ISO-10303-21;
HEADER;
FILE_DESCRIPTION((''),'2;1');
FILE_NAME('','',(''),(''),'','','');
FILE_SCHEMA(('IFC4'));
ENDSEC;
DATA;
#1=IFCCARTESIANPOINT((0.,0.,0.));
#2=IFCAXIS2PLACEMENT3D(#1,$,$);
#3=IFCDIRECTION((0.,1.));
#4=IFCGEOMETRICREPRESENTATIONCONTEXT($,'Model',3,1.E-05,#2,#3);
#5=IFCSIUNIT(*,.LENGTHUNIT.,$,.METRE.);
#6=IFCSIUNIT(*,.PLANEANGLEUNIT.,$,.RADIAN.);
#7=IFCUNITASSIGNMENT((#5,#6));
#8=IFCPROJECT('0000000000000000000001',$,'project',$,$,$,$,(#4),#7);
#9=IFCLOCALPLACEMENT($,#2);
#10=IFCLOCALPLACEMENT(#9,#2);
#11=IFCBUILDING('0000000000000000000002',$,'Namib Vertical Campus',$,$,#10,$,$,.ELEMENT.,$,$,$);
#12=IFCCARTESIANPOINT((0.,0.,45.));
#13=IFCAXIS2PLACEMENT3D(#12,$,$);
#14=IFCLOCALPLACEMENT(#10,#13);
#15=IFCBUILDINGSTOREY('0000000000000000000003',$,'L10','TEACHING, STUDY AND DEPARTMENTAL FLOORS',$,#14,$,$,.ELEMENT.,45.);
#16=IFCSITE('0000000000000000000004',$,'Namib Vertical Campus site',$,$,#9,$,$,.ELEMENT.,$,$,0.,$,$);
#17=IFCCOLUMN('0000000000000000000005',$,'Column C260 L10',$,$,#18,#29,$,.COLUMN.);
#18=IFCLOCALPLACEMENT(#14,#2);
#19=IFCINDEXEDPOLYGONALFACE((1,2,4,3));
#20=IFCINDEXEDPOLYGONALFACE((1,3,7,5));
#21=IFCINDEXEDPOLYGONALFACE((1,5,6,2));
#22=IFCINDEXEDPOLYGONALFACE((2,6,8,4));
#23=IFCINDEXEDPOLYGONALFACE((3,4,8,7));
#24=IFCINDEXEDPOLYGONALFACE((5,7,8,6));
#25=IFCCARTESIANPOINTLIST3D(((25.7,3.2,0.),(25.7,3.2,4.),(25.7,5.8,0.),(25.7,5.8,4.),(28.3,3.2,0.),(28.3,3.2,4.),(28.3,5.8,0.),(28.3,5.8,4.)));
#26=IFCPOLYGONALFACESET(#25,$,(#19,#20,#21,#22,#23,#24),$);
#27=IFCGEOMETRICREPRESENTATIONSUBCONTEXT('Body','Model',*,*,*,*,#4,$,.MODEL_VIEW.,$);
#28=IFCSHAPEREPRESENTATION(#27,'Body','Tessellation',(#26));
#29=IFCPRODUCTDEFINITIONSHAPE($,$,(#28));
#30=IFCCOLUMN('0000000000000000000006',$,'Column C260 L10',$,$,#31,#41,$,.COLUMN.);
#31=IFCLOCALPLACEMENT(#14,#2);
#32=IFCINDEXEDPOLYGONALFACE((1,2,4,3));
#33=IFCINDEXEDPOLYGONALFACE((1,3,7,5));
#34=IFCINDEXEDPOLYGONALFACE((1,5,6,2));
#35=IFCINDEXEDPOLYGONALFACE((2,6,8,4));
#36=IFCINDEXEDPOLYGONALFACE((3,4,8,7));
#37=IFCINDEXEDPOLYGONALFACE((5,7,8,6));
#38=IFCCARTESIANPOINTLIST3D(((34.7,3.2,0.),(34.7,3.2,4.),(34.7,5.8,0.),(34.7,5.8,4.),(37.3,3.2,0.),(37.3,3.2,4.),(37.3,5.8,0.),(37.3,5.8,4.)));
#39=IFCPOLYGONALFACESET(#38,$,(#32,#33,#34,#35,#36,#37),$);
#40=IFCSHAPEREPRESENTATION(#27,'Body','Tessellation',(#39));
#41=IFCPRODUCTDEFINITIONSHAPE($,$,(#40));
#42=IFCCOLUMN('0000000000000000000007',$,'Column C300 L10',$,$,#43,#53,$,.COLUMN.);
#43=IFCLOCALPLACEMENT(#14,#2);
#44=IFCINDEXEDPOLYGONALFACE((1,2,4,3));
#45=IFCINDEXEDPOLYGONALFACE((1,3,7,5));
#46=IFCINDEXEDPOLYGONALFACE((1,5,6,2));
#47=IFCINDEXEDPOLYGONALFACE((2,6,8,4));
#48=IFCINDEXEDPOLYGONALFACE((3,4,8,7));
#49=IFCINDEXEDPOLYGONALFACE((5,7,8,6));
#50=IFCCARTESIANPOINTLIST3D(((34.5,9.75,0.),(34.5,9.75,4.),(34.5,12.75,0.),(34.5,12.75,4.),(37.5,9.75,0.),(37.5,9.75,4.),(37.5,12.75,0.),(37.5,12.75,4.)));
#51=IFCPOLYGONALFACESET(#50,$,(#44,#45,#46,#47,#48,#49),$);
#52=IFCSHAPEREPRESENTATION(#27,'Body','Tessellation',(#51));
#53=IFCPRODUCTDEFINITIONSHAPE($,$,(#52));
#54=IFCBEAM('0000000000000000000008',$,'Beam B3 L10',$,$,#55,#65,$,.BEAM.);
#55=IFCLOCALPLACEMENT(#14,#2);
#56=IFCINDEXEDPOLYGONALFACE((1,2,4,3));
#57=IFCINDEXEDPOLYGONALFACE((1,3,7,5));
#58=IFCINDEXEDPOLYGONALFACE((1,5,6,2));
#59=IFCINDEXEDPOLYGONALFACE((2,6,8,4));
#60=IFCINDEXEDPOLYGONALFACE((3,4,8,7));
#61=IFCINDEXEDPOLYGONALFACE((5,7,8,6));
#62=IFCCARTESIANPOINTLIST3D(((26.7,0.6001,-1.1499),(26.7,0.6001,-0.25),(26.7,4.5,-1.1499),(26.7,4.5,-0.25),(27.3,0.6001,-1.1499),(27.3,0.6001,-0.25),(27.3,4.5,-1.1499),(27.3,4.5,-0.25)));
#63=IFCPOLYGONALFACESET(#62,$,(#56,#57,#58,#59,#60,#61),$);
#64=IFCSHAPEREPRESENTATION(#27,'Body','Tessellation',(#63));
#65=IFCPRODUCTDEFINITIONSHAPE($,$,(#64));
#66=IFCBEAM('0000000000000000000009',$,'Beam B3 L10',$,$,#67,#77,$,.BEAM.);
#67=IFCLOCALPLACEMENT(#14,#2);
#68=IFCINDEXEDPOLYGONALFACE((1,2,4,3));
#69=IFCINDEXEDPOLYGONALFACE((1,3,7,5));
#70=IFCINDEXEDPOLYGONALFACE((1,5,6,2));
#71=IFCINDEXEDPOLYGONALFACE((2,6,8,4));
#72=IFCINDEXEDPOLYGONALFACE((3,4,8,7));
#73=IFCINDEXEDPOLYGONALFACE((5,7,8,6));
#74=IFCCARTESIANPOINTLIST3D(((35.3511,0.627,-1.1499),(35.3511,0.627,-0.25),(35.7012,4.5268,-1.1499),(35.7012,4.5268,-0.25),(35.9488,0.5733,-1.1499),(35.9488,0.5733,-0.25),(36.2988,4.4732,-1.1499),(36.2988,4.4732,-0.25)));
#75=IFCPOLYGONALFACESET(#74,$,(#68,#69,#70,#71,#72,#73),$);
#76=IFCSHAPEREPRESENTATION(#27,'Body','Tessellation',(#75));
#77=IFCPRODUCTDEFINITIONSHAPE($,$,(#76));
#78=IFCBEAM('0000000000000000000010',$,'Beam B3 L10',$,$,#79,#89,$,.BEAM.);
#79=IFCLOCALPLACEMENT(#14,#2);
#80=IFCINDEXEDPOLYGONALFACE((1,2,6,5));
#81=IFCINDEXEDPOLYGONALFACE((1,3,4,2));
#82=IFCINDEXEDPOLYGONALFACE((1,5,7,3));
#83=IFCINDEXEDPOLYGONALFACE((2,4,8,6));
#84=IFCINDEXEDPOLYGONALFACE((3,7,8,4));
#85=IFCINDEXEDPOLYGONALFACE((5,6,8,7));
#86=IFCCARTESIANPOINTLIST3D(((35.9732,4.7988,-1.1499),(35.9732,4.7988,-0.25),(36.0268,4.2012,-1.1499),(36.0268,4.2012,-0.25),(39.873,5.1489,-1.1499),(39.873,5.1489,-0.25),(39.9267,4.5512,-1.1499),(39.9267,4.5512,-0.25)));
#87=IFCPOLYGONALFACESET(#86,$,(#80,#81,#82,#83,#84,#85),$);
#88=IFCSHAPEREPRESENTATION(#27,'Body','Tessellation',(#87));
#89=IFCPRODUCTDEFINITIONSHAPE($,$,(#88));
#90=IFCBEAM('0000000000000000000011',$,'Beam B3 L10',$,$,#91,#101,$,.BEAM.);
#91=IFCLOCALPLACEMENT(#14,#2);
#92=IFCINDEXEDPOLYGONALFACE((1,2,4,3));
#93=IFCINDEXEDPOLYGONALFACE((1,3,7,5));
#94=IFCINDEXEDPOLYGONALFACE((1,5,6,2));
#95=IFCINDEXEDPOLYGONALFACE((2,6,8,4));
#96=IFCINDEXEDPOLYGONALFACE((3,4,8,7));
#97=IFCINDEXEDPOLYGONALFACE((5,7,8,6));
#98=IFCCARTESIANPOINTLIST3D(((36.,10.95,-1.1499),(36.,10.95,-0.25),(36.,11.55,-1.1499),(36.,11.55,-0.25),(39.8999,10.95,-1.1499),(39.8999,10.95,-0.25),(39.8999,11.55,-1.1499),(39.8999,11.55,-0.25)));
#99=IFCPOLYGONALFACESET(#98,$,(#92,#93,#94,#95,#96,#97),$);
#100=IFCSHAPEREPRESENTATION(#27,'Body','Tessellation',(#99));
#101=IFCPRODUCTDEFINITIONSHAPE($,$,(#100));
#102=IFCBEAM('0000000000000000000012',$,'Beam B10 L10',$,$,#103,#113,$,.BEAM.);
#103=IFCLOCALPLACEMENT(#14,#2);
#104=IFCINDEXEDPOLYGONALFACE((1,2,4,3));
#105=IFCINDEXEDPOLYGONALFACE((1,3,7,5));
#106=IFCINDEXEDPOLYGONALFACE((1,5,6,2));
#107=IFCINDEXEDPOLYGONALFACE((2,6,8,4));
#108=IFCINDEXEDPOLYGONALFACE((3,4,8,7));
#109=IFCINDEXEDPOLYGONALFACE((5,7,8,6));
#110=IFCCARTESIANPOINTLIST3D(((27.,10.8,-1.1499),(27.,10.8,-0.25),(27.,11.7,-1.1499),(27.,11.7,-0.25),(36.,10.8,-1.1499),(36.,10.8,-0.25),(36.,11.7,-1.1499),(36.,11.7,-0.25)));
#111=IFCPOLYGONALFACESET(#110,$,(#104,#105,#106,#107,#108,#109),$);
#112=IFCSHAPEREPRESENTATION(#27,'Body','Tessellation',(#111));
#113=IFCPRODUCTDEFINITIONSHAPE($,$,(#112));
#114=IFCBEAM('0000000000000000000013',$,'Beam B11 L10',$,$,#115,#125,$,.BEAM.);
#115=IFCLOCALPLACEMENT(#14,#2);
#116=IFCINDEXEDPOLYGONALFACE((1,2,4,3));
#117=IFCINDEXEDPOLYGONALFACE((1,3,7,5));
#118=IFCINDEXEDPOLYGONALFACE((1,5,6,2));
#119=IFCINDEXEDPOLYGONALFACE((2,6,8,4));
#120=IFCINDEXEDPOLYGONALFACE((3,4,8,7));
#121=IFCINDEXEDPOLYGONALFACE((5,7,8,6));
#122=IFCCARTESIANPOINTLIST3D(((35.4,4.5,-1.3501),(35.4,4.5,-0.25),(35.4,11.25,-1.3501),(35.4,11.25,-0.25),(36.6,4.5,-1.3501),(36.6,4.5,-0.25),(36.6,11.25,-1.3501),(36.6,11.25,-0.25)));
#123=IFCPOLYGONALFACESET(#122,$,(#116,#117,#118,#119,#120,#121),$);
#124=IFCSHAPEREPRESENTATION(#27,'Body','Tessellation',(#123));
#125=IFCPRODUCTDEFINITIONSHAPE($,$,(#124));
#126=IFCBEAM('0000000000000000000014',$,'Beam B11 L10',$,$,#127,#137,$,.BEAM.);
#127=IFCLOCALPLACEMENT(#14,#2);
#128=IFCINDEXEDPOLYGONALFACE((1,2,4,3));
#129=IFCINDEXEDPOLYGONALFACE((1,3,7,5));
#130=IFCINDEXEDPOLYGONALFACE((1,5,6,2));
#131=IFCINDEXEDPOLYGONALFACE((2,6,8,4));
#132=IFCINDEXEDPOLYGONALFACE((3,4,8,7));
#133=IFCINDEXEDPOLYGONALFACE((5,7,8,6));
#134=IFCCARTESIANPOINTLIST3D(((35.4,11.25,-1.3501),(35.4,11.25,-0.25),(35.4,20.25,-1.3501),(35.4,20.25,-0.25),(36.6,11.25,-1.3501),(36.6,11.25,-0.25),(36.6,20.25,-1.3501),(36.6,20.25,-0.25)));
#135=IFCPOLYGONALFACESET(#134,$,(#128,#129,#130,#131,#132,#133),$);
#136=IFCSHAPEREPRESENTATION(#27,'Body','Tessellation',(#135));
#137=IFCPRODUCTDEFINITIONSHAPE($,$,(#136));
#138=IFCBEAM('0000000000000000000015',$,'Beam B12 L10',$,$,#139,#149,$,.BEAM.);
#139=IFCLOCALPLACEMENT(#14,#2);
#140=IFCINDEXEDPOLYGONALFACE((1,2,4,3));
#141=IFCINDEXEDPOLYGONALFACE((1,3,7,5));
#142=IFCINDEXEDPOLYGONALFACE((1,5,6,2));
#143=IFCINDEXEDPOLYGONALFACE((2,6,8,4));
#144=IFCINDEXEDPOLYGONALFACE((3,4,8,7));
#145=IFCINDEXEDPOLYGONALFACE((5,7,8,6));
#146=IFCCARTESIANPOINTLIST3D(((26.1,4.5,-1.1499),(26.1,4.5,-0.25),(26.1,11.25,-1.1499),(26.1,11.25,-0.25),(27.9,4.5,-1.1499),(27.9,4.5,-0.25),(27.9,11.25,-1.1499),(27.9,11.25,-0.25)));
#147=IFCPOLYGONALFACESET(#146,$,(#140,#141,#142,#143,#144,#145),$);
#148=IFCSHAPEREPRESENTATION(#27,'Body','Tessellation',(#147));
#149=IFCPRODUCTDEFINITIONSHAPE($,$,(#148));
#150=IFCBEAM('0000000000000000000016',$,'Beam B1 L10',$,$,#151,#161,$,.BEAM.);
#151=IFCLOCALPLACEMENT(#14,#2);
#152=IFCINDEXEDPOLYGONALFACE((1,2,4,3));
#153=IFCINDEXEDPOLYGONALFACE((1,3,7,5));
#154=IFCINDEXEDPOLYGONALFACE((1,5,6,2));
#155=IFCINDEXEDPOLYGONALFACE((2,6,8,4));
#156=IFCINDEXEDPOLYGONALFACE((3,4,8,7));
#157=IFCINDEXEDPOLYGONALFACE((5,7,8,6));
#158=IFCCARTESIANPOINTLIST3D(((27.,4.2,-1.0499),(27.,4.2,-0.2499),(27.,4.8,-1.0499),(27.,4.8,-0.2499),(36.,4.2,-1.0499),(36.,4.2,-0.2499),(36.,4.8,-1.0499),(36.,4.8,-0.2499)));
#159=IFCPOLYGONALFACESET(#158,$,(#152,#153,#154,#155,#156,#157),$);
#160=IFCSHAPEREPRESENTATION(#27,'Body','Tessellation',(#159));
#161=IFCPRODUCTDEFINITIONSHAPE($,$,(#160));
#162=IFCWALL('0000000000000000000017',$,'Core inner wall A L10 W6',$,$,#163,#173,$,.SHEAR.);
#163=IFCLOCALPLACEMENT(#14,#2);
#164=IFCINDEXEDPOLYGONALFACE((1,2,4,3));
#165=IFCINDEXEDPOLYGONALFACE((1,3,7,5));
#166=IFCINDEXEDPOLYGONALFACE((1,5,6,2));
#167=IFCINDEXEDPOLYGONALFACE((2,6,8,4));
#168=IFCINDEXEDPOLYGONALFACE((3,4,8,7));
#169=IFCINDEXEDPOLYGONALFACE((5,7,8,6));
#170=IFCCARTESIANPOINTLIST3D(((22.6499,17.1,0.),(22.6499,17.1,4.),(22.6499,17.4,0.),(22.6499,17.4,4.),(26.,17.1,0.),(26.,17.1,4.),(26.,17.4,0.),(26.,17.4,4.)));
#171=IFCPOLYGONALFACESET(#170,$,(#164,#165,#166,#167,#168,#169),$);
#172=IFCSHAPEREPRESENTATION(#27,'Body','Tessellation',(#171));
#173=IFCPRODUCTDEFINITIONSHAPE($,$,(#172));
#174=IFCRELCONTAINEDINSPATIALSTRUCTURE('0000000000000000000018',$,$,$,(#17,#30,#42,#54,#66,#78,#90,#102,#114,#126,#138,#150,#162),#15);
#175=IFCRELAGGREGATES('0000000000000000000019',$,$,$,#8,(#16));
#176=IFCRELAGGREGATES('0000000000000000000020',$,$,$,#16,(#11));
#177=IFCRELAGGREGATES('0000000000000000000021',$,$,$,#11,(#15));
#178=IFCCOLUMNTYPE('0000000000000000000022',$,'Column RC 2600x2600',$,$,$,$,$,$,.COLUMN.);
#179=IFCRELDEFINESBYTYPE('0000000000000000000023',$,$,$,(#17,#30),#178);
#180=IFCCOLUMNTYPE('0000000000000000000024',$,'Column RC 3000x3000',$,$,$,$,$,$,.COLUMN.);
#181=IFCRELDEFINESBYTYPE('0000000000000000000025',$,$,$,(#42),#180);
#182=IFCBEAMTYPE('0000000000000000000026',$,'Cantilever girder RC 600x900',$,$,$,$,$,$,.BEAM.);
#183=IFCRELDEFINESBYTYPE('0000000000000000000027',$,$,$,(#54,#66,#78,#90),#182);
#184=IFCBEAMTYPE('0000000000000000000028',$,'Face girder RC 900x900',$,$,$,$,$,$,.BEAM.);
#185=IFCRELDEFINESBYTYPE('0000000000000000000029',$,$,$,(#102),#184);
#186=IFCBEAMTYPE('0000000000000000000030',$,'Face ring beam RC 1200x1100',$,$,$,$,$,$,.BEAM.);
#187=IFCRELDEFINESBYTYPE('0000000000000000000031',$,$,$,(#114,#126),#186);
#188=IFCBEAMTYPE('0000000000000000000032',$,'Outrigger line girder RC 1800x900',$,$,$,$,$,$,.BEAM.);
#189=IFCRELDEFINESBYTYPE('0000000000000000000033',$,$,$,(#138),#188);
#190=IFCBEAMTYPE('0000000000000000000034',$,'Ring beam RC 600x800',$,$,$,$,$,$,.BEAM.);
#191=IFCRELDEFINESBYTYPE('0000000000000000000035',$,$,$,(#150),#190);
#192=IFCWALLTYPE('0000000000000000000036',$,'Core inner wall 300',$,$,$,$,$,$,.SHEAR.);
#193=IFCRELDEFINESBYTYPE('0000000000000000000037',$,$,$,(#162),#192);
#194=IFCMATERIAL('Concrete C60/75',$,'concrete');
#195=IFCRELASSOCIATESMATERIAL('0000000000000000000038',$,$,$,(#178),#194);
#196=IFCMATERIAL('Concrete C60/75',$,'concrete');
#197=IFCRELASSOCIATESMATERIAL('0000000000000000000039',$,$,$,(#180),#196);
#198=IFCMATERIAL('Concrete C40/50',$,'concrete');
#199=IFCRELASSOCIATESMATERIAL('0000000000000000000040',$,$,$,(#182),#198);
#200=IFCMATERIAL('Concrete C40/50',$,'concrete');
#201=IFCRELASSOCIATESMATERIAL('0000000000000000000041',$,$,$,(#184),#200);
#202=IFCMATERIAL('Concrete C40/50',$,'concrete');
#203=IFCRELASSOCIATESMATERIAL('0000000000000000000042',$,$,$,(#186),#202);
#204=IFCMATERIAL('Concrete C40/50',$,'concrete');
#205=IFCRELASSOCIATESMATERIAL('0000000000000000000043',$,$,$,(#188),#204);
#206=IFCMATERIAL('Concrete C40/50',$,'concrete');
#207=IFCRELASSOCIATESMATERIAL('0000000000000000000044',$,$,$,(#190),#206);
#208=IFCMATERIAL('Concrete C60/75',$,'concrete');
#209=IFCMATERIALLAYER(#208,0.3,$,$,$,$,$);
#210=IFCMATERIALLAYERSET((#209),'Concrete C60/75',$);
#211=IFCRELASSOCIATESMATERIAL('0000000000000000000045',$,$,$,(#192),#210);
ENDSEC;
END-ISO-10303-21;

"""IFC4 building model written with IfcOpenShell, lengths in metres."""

from ifc_helpers import new_model, si_unit, direction, frame, frame_2d, origin, origin_2d, place, context, subcontext, project, spatial, rectangle, extrude, material, layer, layer_set, material_profile, profile_set, type_object, element, save


model = new_model("IFC4")

# Units and contexts
model_context = context("Model", 3, precision=1e-05, world=origin(), true_north=direction((0.0, 1.0)))
body_context = subcontext(model_context, "Body", "Model", "MODEL_VIEW")
ifc_project = project(units=[si_unit("LENGTHUNIT", "METRE"), si_unit("PLANEANGLEUNIT", "RADIAN")], contexts=[model_context])

# Site, building, storey
site_placement = place(None, origin())
site = spatial("IfcSite", under=ifc_project, at=site_placement, Name="Namib Vertical Campus site", CompositionType="ELEMENT", RefElevation=0.0)
building_placement = place(site_placement, origin())
building = spatial("IfcBuilding", under=site, at=building_placement, Name="Namib Vertical Campus", CompositionType="ELEMENT")
storey_placement = place(building_placement, frame((0.0, 0.0, 45.0)))
storey = spatial("IfcBuildingStorey", under=building, at=storey_placement, Name="L10", Description="TEACHING, STUDY AND DEPARTMENTAL FLOORS", CompositionType="ELEMENT", Elevation=45.0)

# Columns
ifc_material_1 = material(Name="Concrete C60/75", Category="concrete")
ifc_material_profile_1 = material_profile(ifc_material_1, rectangle(XDim=2.6001, YDim=2.6001, at=origin_2d()))
ifc_profile_set_1 = profile_set([ifc_material_profile_1], Name="Concrete C60/75")
column_type_1 = type_object("IfcColumnType", Name="Column RC 2600x2600", PredefinedType="COLUMN", material=ifc_profile_set_1)
for number, where, z_axis, x_axis, name in (
    (1, (27.0, 4.5, 0.0), (0.0, 0.0, 1.0), (1.0, 0.0, 0.0), "Column C260 L10"),
    (2, (36.0, 4.5, 0.0), (0.0, 0.0, 1.0), (1.0, 0.0, 0.0), "Column C260 L10"),
):
    element("IfcColumn", number, at=place(storey_placement, frame(where, z_axis=z_axis, x_axis=x_axis)), inside=storey, type_object=column_type_1, Name=name, PredefinedType="COLUMN", context=body_context, shape_type="SweptSolid", body=[
        extrude(rectangle(XDim=2.6001, YDim=2.6001, at=origin_2d()), origin(), (0.0, 0.0, 1.0), 4.0),
    ])
ifc_material_2 = material(Name="Concrete C60/75", Category="concrete")
ifc_material_profile_2 = material_profile(ifc_material_2, rectangle(XDim=3.0, YDim=3.0, at=origin_2d()))
ifc_profile_set_2 = profile_set([ifc_material_profile_2], Name="Concrete C60/75")
column_type_2 = type_object("IfcColumnType", Name="Column RC 3000x3000", PredefinedType="COLUMN", material=ifc_profile_set_2)
column_placement = place(storey_placement, frame((36.0, 11.25, 0.0), z_axis=(0.0, 0.0, 1.0), x_axis=(1.0, 0.0, 0.0)))
element("IfcColumn", 3, at=column_placement, inside=storey, type_object=column_type_2, Name="Column C300 L10", PredefinedType="COLUMN", context=body_context, shape_type="SweptSolid", body=[
    extrude(rectangle(XDim=3.0, YDim=3.0, at=origin_2d()), origin(), (0.0, 0.0, 1.0), 4.0),
])

# Beams
ifc_material_3 = material(Name="Concrete C40/50", Category="concrete")
ifc_material_profile_3 = material_profile(ifc_material_3, rectangle(XDim=0.6001, YDim=0.8999, at=origin_2d()))
ifc_profile_set_3 = profile_set([ifc_material_profile_3], Name="Concrete C40/50")
beam_type_1 = type_object("IfcBeamType", Name="Cantilever girder RC 600x900", PredefinedType="BEAM", material=ifc_profile_set_3)
beam_1_placement = place(storey_placement, frame((27.0, 4.5, -0.7), z_axis=(0.0, -1.0, 0.0), x_axis=(1.0, 0.0, 0.0)))
element("IfcBeam", 4, at=beam_1_placement, inside=storey, type_object=beam_type_1, Name="Beam B3 L10", PredefinedType="BEAM", context=body_context, shape_type="SweptSolid", body=[
    extrude(rectangle(XDim=0.6001, YDim=0.8999, at=origin_2d()), origin(), (0.0, 0.0, 1.0), 3.8999),
])
for number, where, z_axis, x_axis, name in (
    (5, (36.0, 4.5, -0.7), (-0.089411, -0.995995, 0.0), (0.995995, -0.089411, 0.0), "Beam B3 L10"),
    (6, (36.0, 4.5, -0.7), (0.995995, 0.089411, 0.0), (-0.089411, 0.995995, 0.0), "Beam B3 L10"),
):
    element("IfcBeam", number, at=place(storey_placement, frame(where, z_axis=z_axis, x_axis=x_axis)), inside=storey, type_object=beam_type_1, Name=name, PredefinedType="BEAM", context=body_context, shape_type="SweptSolid", body=[
        extrude(rectangle(XDim=0.6001, YDim=0.8999, at=origin_2d()), origin(), (0.0, 0.0, 1.0), 3.9155),
    ])
beam_2_placement = place(storey_placement, frame((36.0, 11.25, -0.7), z_axis=(1.0, 0.0, 0.0), x_axis=(0.0, 1.0, 0.0)))
element("IfcBeam", 7, at=beam_2_placement, inside=storey, type_object=beam_type_1, Name="Beam B3 L10", PredefinedType="BEAM", context=body_context, shape_type="SweptSolid", body=[
    extrude(rectangle(XDim=0.6001, YDim=0.8999, at=origin_2d()), origin(), (0.0, 0.0, 1.0), 3.8999),
])
ifc_material_4 = material(Name="Concrete C40/50", Category="concrete")
ifc_material_profile_4 = material_profile(ifc_material_4, rectangle(XDim=0.8999, YDim=0.8999, at=origin_2d()))
ifc_profile_set_4 = profile_set([ifc_material_profile_4], Name="Concrete C40/50")
beam_type_2 = type_object("IfcBeamType", Name="Face girder RC 900x900", PredefinedType="BEAM", material=ifc_profile_set_4)
beam_3_placement = place(storey_placement, frame((36.0, 11.25, -0.7), z_axis=(-1.0, 0.0, 0.0), x_axis=(0.0, -1.0, 0.0)))
element("IfcBeam", 8, at=beam_3_placement, inside=storey, type_object=beam_type_2, Name="Beam B10 L10", PredefinedType="BEAM", context=body_context, shape_type="SweptSolid", body=[
    extrude(rectangle(XDim=0.8999, YDim=0.8999, at=origin_2d()), origin(), (0.0, 0.0, 1.0), 9.0),
])
ifc_material_5 = material(Name="Concrete C40/50", Category="concrete")
ifc_material_profile_5 = material_profile(ifc_material_5, rectangle(XDim=1.2, YDim=1.1001, at=origin_2d()))
ifc_profile_set_5 = profile_set([ifc_material_profile_5], Name="Concrete C40/50")
beam_type_3 = type_object("IfcBeamType", Name="Face ring beam RC 1200x1100", PredefinedType="BEAM", material=ifc_profile_set_5)
beam_4_placement = place(storey_placement, frame((36.0, 4.5, -0.8), z_axis=(0.0, 1.0, 0.0), x_axis=(-1.0, 0.0, 0.0)))
element("IfcBeam", 9, at=beam_4_placement, inside=storey, type_object=beam_type_3, Name="Beam B11 L10", PredefinedType="BEAM", context=body_context, shape_type="SweptSolid", body=[
    extrude(rectangle(XDim=1.2, YDim=1.1001, at=origin_2d()), origin(), (0.0, 0.0, 1.0), 6.75),
])
beam_5_placement = place(storey_placement, frame((36.0, 11.25, -0.8), z_axis=(0.0, 1.0, 0.0), x_axis=(-1.0, 0.0, 0.0)))
element("IfcBeam", 10, at=beam_5_placement, inside=storey, type_object=beam_type_3, Name="Beam B11 L10", PredefinedType="BEAM", context=body_context, shape_type="SweptSolid", body=[
    extrude(rectangle(XDim=1.2, YDim=1.1001, at=origin_2d()), origin(), (0.0, 0.0, 1.0), 9.0),
])
ifc_material_6 = material(Name="Concrete C40/50", Category="concrete")
ifc_material_profile_6 = material_profile(ifc_material_6, rectangle(XDim=1.8, YDim=0.8999, at=origin_2d()))
ifc_profile_set_6 = profile_set([ifc_material_profile_6], Name="Concrete C40/50")
beam_type_4 = type_object("IfcBeamType", Name="Outrigger line girder RC 1800x900", PredefinedType="BEAM", material=ifc_profile_set_6)
beam_6_placement = place(storey_placement, frame((27.0, 4.5, -0.7), z_axis=(0.0, 1.0, 0.0), x_axis=(-1.0, 0.0, 0.0)))
element("IfcBeam", 11, at=beam_6_placement, inside=storey, type_object=beam_type_4, Name="Beam B12 L10", PredefinedType="BEAM", context=body_context, shape_type="SweptSolid", body=[
    extrude(rectangle(XDim=1.8, YDim=0.8999, at=origin_2d()), origin(), (0.0, 0.0, 1.0), 6.75),
])
ifc_material_7 = material(Name="Concrete C40/50", Category="concrete")
ifc_material_profile_7 = material_profile(ifc_material_7, rectangle(XDim=0.6001, YDim=0.8, at=origin_2d()))
ifc_profile_set_7 = profile_set([ifc_material_profile_7], Name="Concrete C40/50")
beam_type_5 = type_object("IfcBeamType", Name="Ring beam RC 600x800", PredefinedType="BEAM", material=ifc_profile_set_7)
beam_7_placement = place(storey_placement, frame((27.0, 4.5, -0.6499), z_axis=(1.0, 0.0, 0.0), x_axis=(0.0, 1.0, 0.0)))
element("IfcBeam", 12, at=beam_7_placement, inside=storey, type_object=beam_type_5, Name="Beam B1 L10", PredefinedType="BEAM", context=body_context, shape_type="SweptSolid", body=[
    extrude(rectangle(XDim=0.6001, YDim=0.8, at=origin_2d()), origin(), (0.0, 0.0, 1.0), 9.0),
])

# Wall
ifc_material_8 = material(Name="Concrete C60/75", Category="concrete")
ifc_layer_1 = layer(ifc_material_8, 0.3)
ifc_layer_set_1 = layer_set([ifc_layer_1], Name="Concrete C60/75")
wall_type_1 = type_object("IfcWallType", Name="Core inner wall 300", PredefinedType="SHEAR", material=ifc_layer_set_1)
wall_1_placement = place(storey_placement, frame((22.6499, 17.25, 0.0), z_axis=(0.0, 0.0, 1.0), x_axis=(1.0, 0.0, 0.0)))
element("IfcWall", 13, at=wall_1_placement, inside=storey, type_object=wall_type_1, Name="Core inner wall A L10 W6", PredefinedType="SHEAR", context=body_context, shape_type="SweptSolid", body=[
    extrude(rectangle(XDim=3.3501, YDim=0.3, at=frame_2d((1.675, 0.0))), origin(), (0.0, 0.0, 1.0), 4.0),
])

save(model, "model.ifc")
